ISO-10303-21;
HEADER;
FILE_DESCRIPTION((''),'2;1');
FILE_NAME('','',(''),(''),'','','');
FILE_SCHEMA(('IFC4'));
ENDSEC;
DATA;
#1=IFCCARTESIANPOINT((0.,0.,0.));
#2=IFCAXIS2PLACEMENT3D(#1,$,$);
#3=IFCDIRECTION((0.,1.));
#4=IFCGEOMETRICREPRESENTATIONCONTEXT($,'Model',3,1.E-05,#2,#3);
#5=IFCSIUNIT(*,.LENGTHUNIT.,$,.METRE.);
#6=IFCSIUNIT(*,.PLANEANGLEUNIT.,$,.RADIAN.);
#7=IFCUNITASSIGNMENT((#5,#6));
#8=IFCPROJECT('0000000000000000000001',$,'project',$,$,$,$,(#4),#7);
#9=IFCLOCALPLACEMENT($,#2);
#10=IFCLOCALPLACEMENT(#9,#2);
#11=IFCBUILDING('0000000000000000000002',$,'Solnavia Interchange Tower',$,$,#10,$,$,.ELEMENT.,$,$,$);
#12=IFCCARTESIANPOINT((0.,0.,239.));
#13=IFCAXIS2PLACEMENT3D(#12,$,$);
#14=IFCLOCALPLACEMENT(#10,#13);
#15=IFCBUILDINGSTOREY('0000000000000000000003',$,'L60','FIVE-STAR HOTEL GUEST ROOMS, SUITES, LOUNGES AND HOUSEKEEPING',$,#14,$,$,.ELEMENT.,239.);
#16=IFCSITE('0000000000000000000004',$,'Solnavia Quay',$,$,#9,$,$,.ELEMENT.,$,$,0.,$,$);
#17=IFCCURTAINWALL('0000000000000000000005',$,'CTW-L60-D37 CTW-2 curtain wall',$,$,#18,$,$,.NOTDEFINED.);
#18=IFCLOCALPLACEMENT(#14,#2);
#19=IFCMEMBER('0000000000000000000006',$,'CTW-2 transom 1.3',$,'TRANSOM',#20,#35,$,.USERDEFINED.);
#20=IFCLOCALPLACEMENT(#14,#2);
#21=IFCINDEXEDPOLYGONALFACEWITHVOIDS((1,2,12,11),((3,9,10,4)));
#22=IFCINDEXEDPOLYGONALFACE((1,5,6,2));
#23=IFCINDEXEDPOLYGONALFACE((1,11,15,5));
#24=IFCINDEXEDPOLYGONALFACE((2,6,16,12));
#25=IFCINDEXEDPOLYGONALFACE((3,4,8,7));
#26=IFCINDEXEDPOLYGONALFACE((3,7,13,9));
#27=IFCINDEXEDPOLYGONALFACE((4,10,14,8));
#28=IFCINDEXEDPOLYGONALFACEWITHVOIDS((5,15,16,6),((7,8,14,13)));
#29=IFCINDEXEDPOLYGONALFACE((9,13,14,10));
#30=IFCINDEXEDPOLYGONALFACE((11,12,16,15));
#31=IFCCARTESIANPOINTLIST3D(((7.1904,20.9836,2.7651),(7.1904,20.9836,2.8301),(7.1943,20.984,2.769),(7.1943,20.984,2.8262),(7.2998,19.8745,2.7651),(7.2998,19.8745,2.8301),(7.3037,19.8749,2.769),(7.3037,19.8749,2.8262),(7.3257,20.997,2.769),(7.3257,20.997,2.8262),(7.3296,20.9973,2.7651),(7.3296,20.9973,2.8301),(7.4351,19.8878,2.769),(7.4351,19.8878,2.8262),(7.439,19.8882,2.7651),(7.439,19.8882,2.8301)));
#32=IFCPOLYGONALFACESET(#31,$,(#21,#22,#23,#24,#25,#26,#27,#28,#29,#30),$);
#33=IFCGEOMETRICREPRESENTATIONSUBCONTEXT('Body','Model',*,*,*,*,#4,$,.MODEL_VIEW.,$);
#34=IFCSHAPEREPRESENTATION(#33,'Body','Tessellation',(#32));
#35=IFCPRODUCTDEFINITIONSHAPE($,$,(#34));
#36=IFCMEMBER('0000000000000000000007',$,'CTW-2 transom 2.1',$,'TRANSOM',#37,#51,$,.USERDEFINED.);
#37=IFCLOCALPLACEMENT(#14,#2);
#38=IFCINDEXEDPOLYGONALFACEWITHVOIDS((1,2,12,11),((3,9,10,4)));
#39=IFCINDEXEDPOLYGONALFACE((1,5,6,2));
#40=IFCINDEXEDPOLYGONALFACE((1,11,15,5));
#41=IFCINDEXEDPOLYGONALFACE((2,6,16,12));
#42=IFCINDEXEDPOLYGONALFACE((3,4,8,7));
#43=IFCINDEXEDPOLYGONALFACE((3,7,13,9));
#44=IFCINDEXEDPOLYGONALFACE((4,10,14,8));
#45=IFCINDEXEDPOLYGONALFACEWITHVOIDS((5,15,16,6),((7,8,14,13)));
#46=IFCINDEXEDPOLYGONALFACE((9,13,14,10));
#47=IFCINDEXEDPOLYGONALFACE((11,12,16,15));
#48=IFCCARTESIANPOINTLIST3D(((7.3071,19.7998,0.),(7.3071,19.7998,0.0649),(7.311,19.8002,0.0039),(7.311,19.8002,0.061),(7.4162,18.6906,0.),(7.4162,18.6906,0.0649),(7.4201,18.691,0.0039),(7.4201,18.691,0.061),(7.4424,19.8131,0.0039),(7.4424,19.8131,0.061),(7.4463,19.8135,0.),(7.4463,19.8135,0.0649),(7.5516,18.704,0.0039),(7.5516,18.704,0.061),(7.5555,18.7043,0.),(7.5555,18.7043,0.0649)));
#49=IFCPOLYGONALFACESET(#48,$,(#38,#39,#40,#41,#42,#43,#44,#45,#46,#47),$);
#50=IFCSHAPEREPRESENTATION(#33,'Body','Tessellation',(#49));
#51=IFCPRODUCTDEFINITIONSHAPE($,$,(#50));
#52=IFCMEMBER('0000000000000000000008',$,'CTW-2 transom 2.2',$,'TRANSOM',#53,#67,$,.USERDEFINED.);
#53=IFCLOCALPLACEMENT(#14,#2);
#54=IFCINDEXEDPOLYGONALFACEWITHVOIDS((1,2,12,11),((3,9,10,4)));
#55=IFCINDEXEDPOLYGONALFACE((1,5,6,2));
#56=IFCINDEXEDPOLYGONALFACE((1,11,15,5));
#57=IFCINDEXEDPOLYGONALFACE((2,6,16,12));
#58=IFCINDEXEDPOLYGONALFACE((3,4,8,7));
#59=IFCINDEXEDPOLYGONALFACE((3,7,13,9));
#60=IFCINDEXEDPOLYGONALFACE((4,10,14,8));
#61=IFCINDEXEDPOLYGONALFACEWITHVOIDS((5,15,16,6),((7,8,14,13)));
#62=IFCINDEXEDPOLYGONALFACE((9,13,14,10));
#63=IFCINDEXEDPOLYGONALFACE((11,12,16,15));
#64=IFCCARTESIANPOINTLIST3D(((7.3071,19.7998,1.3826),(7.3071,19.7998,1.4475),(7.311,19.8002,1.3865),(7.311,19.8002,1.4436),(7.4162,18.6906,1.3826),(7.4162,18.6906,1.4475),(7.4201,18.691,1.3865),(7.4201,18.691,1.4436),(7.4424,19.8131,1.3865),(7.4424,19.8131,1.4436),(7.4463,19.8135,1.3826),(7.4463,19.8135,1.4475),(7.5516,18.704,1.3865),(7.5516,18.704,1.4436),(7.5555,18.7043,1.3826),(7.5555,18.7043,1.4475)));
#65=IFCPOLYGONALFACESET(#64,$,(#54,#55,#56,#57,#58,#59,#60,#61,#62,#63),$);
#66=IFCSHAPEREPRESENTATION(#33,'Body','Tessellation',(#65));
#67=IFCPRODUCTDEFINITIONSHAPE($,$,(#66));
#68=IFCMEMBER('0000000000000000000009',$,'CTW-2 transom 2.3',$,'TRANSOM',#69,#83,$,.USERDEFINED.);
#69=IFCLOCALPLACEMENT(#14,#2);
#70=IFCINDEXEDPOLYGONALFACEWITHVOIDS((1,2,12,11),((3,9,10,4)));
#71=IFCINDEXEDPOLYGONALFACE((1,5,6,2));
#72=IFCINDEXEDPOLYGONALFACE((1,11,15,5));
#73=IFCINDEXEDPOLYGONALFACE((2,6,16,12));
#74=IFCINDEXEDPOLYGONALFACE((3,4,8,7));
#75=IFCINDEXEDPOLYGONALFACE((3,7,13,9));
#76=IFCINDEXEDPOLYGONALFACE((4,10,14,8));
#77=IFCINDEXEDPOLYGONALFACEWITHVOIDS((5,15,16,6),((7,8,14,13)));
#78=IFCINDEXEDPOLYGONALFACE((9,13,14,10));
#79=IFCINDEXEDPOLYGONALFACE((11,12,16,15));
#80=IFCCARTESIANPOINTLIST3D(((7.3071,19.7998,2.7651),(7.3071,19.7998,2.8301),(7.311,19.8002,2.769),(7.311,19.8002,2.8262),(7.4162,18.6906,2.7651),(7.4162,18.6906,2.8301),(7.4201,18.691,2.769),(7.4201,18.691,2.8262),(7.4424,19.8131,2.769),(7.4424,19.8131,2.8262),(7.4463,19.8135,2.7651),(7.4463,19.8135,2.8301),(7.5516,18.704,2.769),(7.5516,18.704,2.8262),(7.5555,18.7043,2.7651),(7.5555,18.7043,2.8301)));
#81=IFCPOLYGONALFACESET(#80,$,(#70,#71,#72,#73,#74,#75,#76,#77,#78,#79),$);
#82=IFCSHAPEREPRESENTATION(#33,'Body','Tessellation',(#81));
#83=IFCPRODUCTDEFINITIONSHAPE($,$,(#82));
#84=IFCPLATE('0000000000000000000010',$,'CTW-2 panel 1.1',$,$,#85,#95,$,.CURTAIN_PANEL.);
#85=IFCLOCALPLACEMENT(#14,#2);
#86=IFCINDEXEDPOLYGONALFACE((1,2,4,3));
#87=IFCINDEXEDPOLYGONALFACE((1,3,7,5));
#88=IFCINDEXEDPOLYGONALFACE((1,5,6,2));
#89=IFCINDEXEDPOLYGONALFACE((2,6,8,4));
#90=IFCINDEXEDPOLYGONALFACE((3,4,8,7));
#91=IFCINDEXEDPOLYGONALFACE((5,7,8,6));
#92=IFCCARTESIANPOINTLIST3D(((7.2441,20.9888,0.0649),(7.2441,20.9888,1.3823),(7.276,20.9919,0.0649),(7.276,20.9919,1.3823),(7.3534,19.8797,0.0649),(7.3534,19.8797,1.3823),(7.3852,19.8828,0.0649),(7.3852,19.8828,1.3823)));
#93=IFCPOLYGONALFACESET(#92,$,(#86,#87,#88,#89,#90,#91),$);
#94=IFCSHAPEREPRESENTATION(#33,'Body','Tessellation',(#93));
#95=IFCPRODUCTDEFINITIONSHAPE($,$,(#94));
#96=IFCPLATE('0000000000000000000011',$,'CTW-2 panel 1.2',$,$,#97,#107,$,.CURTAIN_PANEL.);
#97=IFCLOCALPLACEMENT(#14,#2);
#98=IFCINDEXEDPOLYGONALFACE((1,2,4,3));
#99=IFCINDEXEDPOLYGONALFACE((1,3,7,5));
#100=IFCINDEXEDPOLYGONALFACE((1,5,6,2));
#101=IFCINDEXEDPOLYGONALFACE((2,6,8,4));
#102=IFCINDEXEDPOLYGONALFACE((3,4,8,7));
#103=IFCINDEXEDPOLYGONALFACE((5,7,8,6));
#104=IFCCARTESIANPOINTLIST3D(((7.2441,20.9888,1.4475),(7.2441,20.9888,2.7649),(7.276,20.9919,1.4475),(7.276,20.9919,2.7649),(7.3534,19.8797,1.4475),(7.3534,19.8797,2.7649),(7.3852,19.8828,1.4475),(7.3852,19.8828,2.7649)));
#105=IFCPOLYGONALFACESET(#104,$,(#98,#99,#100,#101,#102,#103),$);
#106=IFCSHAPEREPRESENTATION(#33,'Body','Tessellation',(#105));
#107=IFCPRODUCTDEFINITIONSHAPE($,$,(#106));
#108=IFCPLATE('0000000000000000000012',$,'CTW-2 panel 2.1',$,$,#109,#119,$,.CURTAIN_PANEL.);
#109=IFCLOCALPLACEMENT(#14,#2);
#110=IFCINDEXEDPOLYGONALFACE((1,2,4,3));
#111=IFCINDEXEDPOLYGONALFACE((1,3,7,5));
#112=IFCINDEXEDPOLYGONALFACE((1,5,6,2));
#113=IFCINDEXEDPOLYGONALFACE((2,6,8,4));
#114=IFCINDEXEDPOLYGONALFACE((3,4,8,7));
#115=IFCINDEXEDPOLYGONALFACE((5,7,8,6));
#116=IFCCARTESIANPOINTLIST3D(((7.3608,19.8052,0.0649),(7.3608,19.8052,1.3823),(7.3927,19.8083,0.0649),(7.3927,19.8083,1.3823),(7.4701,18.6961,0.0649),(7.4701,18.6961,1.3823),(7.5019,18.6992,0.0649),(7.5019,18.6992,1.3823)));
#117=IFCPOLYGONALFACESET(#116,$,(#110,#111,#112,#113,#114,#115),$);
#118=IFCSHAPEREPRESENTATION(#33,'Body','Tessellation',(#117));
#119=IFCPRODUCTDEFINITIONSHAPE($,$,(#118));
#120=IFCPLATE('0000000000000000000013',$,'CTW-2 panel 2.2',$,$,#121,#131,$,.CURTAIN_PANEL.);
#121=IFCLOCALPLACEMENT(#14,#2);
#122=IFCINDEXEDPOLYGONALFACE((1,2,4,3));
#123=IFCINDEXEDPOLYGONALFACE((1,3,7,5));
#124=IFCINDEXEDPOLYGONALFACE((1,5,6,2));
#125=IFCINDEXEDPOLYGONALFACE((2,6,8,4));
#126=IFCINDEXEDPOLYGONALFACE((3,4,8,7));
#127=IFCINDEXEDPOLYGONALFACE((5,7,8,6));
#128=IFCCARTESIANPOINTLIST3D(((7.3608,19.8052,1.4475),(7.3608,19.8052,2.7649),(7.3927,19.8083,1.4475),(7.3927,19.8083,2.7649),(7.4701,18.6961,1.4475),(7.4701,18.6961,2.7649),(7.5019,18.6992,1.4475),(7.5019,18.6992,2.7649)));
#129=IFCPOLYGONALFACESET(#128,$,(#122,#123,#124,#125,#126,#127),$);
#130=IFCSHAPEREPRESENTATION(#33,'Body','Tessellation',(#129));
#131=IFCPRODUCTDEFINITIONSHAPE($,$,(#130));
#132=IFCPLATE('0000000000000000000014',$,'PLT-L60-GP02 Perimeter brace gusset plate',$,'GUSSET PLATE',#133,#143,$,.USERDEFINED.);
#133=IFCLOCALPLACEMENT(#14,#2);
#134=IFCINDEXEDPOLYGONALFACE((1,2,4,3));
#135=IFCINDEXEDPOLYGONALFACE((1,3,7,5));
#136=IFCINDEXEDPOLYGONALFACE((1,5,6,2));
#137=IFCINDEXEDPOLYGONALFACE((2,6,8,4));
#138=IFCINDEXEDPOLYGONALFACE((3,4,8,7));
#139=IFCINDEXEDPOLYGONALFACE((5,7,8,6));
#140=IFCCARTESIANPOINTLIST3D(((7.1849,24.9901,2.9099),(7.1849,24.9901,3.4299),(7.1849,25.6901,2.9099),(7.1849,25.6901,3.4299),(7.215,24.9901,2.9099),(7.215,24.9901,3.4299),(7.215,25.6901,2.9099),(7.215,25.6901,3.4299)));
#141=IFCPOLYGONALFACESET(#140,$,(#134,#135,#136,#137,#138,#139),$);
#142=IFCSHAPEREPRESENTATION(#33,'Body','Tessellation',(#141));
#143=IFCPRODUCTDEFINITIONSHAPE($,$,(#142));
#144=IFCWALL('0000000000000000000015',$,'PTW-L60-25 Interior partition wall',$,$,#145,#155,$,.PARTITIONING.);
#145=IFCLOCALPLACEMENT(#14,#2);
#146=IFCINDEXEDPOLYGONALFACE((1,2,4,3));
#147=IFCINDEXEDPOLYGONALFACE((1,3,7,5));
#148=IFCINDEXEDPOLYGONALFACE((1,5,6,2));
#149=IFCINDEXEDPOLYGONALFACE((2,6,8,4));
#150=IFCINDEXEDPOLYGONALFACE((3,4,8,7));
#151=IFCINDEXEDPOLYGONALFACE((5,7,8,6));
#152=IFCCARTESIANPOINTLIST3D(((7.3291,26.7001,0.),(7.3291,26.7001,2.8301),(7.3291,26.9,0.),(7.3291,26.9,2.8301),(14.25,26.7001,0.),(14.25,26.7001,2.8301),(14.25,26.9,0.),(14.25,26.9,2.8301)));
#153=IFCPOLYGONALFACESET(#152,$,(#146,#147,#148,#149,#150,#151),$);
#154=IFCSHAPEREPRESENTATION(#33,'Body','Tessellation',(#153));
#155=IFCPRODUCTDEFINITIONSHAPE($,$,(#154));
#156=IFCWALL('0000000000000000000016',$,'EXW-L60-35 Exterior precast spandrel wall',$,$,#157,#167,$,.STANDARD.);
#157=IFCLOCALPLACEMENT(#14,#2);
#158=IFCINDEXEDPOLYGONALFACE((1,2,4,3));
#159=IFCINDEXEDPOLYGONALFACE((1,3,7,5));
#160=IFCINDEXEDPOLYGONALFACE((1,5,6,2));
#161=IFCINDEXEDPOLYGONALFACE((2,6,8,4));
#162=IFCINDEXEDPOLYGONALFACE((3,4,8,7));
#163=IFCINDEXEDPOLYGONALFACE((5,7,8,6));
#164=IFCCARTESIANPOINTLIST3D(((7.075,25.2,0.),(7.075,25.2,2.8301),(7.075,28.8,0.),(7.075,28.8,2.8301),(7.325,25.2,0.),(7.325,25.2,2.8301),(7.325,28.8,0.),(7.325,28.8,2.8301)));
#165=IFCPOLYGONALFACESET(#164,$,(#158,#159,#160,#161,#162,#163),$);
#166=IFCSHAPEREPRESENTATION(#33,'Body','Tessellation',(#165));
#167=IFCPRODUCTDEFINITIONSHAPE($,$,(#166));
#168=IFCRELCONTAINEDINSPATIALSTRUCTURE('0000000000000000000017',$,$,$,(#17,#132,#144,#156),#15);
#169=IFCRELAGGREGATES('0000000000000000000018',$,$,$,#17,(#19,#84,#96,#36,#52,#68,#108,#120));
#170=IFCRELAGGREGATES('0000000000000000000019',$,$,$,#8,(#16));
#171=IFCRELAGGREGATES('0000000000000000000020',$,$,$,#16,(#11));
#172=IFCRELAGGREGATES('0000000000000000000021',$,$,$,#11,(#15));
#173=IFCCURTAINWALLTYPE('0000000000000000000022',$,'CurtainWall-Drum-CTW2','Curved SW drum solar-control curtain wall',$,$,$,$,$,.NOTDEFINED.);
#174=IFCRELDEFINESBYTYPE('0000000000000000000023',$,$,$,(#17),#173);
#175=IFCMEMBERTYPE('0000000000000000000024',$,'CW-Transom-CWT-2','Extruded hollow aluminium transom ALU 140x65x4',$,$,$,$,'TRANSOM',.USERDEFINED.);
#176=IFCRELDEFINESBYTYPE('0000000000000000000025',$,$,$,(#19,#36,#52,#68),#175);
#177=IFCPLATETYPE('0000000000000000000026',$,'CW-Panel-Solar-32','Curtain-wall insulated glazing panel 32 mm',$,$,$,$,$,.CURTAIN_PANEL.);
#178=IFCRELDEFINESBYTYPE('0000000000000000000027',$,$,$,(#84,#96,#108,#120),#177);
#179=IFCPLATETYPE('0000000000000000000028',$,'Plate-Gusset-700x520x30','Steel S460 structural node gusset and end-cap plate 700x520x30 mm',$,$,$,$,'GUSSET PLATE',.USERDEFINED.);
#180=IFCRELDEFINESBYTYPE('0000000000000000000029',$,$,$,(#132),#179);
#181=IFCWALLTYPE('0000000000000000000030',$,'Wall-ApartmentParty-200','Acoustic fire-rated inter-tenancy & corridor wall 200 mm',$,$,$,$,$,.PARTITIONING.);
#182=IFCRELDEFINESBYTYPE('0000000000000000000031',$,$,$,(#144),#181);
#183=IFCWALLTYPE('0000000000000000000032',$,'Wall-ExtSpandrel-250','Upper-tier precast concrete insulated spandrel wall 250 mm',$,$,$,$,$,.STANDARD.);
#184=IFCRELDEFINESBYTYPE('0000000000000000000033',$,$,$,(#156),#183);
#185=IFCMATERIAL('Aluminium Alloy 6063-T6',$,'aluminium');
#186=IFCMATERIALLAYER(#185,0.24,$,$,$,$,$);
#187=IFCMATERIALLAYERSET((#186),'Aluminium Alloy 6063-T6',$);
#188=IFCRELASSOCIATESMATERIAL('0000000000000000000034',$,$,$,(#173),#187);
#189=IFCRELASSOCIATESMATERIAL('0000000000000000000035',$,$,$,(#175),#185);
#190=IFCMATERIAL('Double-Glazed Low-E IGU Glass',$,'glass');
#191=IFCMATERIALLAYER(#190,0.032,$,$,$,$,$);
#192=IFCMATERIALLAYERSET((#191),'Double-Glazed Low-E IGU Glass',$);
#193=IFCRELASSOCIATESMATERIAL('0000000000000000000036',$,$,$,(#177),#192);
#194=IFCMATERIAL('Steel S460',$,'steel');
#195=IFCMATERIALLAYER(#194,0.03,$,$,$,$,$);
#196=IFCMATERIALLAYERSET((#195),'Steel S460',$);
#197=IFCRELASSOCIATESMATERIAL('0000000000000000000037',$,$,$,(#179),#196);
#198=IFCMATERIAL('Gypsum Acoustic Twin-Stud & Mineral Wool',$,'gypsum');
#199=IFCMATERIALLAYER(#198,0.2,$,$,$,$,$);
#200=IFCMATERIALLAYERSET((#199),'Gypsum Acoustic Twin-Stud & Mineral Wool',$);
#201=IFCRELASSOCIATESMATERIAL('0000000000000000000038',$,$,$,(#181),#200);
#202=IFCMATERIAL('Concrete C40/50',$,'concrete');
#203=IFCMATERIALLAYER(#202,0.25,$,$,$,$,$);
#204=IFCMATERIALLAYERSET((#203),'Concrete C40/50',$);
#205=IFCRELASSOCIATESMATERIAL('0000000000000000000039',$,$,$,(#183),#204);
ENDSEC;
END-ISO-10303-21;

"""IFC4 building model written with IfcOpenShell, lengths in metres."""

from ifc_helpers import new_model, si_unit, direction, frame, frame_2d, origin, origin_2d, place, context, subcontext, project, spatial, rectangle, hollow_rectangle, extrude, material, layer, layer_set, material_profile, profile_set, type_object, element, aggregate, save


model = new_model("IFC4")

# Units and contexts
model_context = context("Model", 3, precision=1e-05, world=origin(), true_north=direction((0.0, 1.0)))
body_context = subcontext(model_context, "Body", "Model", "MODEL_VIEW")
ifc_project = project(units=[si_unit("LENGTHUNIT", "METRE"), si_unit("PLANEANGLEUNIT", "RADIAN")], contexts=[model_context])

# Site, building, storey
site_placement = place(None, origin())
site = spatial("IfcSite", under=ifc_project, at=site_placement, Name="Solnavia Quay", CompositionType="ELEMENT", RefElevation=0.0)
building_placement = place(site_placement, origin())
building = spatial("IfcBuilding", under=site, at=building_placement, Name="Solnavia Interchange Tower", CompositionType="ELEMENT")
storey_placement = place(building_placement, frame((0.0, 0.0, 239.0)))
storey = spatial("IfcBuildingStorey", under=building, at=storey_placement, Name="L60", Description="FIVE-STAR HOTEL GUEST ROOMS, SUITES, LOUNGES AND HOUSEKEEPING", CompositionType="ELEMENT", Elevation=239.0)

# Shared definitions
ifc_material_1 = material(Name="Steel S460", Category="steel")

# Curtain wall, members, plates
ifc_material_2 = material(Name="Aluminium Alloy 6063-T6", Category="aluminium")
ifc_layer_1 = layer(ifc_material_2, 0.24)
ifc_layer_set_1 = layer_set([ifc_layer_1], Name="Aluminium Alloy 6063-T6")
curtain_wall_type = type_object("IfcCurtainWallType", Name="CurtainWall-Drum-CTW2", Description="Curved SW drum solar-control curtain wall", PredefinedType="NOTDEFINED", material=ifc_layer_set_1)
curtain_wall_placement = place(storey_placement, origin())
curtain_wall = element("IfcCurtainWall", 1, at=curtain_wall_placement, inside=storey, type_object=curtain_wall_type, Name="CTW-L60-D37 CTW-2 curtain wall", PredefinedType="NOTDEFINED")
ifc_material_profile_1 = material_profile(ifc_material_2, hollow_rectangle(XDim=0.0649, YDim=0.1399, WallThickness=0.0039, at=origin_2d()), Name="ALU 140x65x4")
ifc_profile_set_1 = profile_set([ifc_material_profile_1], Name="Aluminium Alloy 6063-T6")
member_type_1 = type_object("IfcMemberType", Name="CW-Transom-CWT-2", Description="Extruded hollow aluminium transom ALU 140x65x4", ElementType="TRANSOM", PredefinedType="USERDEFINED", material=ifc_profile_set_1)
member_1_placement = place(storey_placement, frame((7.26, 20.9905, 2.7976), z_axis=(0.098137, -0.995173, 0.0), x_axis=(0.0, 0.0, 1.0)))
member_1 = element("IfcMember", 2, at=member_1_placement, type_object=member_type_1, Name="CTW-2 transom 1.3", ObjectType="TRANSOM", PredefinedType="USERDEFINED", context=body_context, shape_type="SweptSolid", body=[
    extrude(hollow_rectangle(XDim=0.0649, YDim=0.1399, WallThickness=0.0039, at=origin_2d()), origin(), (0.0, 0.0, 1.0), 1.1145),
])
member_2_placement = place(storey_placement, frame((7.3767, 19.8066, 0.0325), z_axis=(0.09792, -0.995194, 0.0), x_axis=(0.0, 0.0, 1.0)))
member_2 = element("IfcMember", 3, at=member_2_placement, type_object=member_type_1, Name="CTW-2 transom 2.1", ObjectType="TRANSOM", PredefinedType="USERDEFINED", context=body_context, shape_type="SweptSolid", body=[
    extrude(hollow_rectangle(XDim=0.0649, YDim=0.1399, WallThickness=0.0039, at=origin_2d()), origin(), (0.0, 0.0, 1.0), 1.1145),
])
member_3_placement = place(storey_placement, frame((7.3767, 19.8066, 1.415), z_axis=(0.09792, -0.995194, 0.0), x_axis=(0.0, 0.0, 1.0)))
member_3 = element("IfcMember", 4, at=member_3_placement, type_object=member_type_1, Name="CTW-2 transom 2.2", ObjectType="TRANSOM", PredefinedType="USERDEFINED", context=body_context, shape_type="SweptSolid", body=[
    extrude(hollow_rectangle(XDim=0.0649, YDim=0.1399, WallThickness=0.0039, at=origin_2d()), origin(), (0.0, 0.0, 1.0), 1.1145),
])
member_4_placement = place(storey_placement, frame((7.3767, 19.8066, 2.7976), z_axis=(0.09792, -0.995194, 0.0), x_axis=(0.0, 0.0, 1.0)))
member_4 = element("IfcMember", 5, at=member_4_placement, type_object=member_type_1, Name="CTW-2 transom 2.3", ObjectType="TRANSOM", PredefinedType="USERDEFINED", context=body_context, shape_type="SweptSolid", body=[
    extrude(hollow_rectangle(XDim=0.0649, YDim=0.1399, WallThickness=0.0039, at=origin_2d()), origin(), (0.0, 0.0, 1.0), 1.1145),
])
ifc_material_3 = material(Name="Double-Glazed Low-E IGU Glass", Category="glass")
ifc_layer_2 = layer(ifc_material_3, 0.032)
ifc_layer_set_2 = layer_set([ifc_layer_2], Name="Double-Glazed Low-E IGU Glass")
plate_type_1 = type_object("IfcPlateType", Name="CW-Panel-Solar-32", Description="Curtain-wall insulated glazing panel 32 mm", PredefinedType="CURTAIN_PANEL", material=ifc_layer_set_2)
plate_1_placement = place(storey_placement, frame((7.3147, 20.4358, 0.0649), z_axis=(0.0, 0.0, 1.0), x_axis=(0.098043, -0.995182, 0.0)))
plate_1 = element("IfcPlate", 6, at=plate_1_placement, type_object=plate_type_1, Name="CTW-2 panel 1.1", PredefinedType="CURTAIN_PANEL", context=body_context, shape_type="SweptSolid", body=[
    extrude(rectangle(XDim=1.1145, YDim=0.032, at=origin_2d()), origin(), (0.0, 0.0, 1.0), 1.3174),
])
plate_2_placement = place(storey_placement, frame((7.3147, 20.4358, 1.4475), z_axis=(0.0, 0.0, 1.0), x_axis=(0.098043, -0.995182, 0.0)))
plate_2 = element("IfcPlate", 7, at=plate_2_placement, type_object=plate_type_1, Name="CTW-2 panel 1.2", PredefinedType="CURTAIN_PANEL", context=body_context, shape_type="SweptSolid", body=[
    extrude(rectangle(XDim=1.1145, YDim=0.032, at=origin_2d()), origin(), (0.0, 0.0, 1.0), 1.3174),
])
plate_3_placement = place(storey_placement, frame((7.4314, 19.2522, 0.0649), z_axis=(0.0, 0.0, 1.0), x_axis=(0.098043, -0.995182, 0.0)))
plate_3 = element("IfcPlate", 8, at=plate_3_placement, type_object=plate_type_1, Name="CTW-2 panel 2.1", PredefinedType="CURTAIN_PANEL", context=body_context, shape_type="SweptSolid", body=[
    extrude(rectangle(XDim=1.1145, YDim=0.032, at=origin_2d()), origin(), (0.0, 0.0, 1.0), 1.3174),
])
plate_4_placement = place(storey_placement, frame((7.4314, 19.2522, 1.4475), z_axis=(0.0, 0.0, 1.0), x_axis=(0.098043, -0.995182, 0.0)))
plate_4 = element("IfcPlate", 9, at=plate_4_placement, type_object=plate_type_1, Name="CTW-2 panel 2.2", PredefinedType="CURTAIN_PANEL", context=body_context, shape_type="SweptSolid", body=[
    extrude(rectangle(XDim=1.1145, YDim=0.032, at=origin_2d()), origin(), (0.0, 0.0, 1.0), 1.3174),
])
aggregate(curtain_wall, [member_1, plate_1, plate_2, member_2, member_3, member_4, plate_3, plate_4])

# Plate
ifc_layer_3 = layer(ifc_material_1, 0.03)
ifc_layer_set_3 = layer_set([ifc_layer_3], Name="Steel S460")
plate_type_2 = type_object("IfcPlateType", Name="Plate-Gusset-700x520x30", Description="Steel S460 structural node gusset and end-cap plate 700x520x30 mm", ElementType="GUSSET PLATE", PredefinedType="USERDEFINED", material=ifc_layer_set_3)
plate_5_placement = place(storey_placement, frame((7.2, 25.3401, 2.9099), z_axis=(0.0, 0.0, 1.0), x_axis=(0.0, -1.0, 0.0)))
element("IfcPlate", 10, at=plate_5_placement, inside=storey, type_object=plate_type_2, Name="PLT-L60-GP02 Perimeter brace gusset plate", ObjectType="GUSSET PLATE", PredefinedType="USERDEFINED", context=body_context, shape_type="SweptSolid", body=[
    extrude(rectangle(XDim=0.7, YDim=0.03, at=origin_2d()), origin(), (0.0, 0.0, 1.0), 0.52),
])

# Walls
ifc_material_4 = material(Name="Gypsum Acoustic Twin-Stud & Mineral Wool", Category="gypsum")
ifc_layer_4 = layer(ifc_material_4, 0.2)
ifc_layer_set_4 = layer_set([ifc_layer_4], Name="Gypsum Acoustic Twin-Stud & Mineral Wool")
wall_type_1 = type_object("IfcWallType", Name="Wall-ApartmentParty-200", Description="Acoustic fire-rated inter-tenancy & corridor wall 200 mm", PredefinedType="PARTITIONING", material=ifc_layer_set_4)
wall_1_placement = place(storey_placement, frame((7.3291, 26.8, 0.0), z_axis=(0.0, 0.0, 1.0), x_axis=(1.0, 0.0, 0.0)))
element("IfcWall", 11, at=wall_1_placement, inside=storey, type_object=wall_type_1, Name="PTW-L60-25 Interior partition wall", PredefinedType="PARTITIONING", context=body_context, shape_type="SweptSolid", body=[
    extrude(rectangle(XDim=6.9209, YDim=0.2, at=frame_2d((3.4604, 0.0))), origin(), (0.0, 0.0, 1.0), 2.8301),
])
ifc_material_5 = material(Name="Concrete C40/50", Category="concrete")
ifc_layer_5 = layer(ifc_material_5, 0.25)
ifc_layer_set_5 = layer_set([ifc_layer_5], Name="Concrete C40/50")
wall_type_2 = type_object("IfcWallType", Name="Wall-ExtSpandrel-250", Description="Upper-tier precast concrete insulated spandrel wall 250 mm", PredefinedType="STANDARD", material=ifc_layer_set_5)
wall_2_placement = place(storey_placement, frame((7.2, 25.2, 0.0), z_axis=(0.0, 0.0, 1.0), x_axis=(0.0, 1.0, 0.0)))
element("IfcWall", 12, at=wall_2_placement, inside=storey, type_object=wall_type_2, Name="EXW-L60-35 Exterior precast spandrel wall", PredefinedType="STANDARD", context=body_context, shape_type="SweptSolid", body=[
    extrude(rectangle(XDim=3.6001, YDim=0.25, at=frame_2d((1.8, 0.0))), origin(), (0.0, 0.0, 1.0), 2.8301),
])

save(model, "model.ifc")
